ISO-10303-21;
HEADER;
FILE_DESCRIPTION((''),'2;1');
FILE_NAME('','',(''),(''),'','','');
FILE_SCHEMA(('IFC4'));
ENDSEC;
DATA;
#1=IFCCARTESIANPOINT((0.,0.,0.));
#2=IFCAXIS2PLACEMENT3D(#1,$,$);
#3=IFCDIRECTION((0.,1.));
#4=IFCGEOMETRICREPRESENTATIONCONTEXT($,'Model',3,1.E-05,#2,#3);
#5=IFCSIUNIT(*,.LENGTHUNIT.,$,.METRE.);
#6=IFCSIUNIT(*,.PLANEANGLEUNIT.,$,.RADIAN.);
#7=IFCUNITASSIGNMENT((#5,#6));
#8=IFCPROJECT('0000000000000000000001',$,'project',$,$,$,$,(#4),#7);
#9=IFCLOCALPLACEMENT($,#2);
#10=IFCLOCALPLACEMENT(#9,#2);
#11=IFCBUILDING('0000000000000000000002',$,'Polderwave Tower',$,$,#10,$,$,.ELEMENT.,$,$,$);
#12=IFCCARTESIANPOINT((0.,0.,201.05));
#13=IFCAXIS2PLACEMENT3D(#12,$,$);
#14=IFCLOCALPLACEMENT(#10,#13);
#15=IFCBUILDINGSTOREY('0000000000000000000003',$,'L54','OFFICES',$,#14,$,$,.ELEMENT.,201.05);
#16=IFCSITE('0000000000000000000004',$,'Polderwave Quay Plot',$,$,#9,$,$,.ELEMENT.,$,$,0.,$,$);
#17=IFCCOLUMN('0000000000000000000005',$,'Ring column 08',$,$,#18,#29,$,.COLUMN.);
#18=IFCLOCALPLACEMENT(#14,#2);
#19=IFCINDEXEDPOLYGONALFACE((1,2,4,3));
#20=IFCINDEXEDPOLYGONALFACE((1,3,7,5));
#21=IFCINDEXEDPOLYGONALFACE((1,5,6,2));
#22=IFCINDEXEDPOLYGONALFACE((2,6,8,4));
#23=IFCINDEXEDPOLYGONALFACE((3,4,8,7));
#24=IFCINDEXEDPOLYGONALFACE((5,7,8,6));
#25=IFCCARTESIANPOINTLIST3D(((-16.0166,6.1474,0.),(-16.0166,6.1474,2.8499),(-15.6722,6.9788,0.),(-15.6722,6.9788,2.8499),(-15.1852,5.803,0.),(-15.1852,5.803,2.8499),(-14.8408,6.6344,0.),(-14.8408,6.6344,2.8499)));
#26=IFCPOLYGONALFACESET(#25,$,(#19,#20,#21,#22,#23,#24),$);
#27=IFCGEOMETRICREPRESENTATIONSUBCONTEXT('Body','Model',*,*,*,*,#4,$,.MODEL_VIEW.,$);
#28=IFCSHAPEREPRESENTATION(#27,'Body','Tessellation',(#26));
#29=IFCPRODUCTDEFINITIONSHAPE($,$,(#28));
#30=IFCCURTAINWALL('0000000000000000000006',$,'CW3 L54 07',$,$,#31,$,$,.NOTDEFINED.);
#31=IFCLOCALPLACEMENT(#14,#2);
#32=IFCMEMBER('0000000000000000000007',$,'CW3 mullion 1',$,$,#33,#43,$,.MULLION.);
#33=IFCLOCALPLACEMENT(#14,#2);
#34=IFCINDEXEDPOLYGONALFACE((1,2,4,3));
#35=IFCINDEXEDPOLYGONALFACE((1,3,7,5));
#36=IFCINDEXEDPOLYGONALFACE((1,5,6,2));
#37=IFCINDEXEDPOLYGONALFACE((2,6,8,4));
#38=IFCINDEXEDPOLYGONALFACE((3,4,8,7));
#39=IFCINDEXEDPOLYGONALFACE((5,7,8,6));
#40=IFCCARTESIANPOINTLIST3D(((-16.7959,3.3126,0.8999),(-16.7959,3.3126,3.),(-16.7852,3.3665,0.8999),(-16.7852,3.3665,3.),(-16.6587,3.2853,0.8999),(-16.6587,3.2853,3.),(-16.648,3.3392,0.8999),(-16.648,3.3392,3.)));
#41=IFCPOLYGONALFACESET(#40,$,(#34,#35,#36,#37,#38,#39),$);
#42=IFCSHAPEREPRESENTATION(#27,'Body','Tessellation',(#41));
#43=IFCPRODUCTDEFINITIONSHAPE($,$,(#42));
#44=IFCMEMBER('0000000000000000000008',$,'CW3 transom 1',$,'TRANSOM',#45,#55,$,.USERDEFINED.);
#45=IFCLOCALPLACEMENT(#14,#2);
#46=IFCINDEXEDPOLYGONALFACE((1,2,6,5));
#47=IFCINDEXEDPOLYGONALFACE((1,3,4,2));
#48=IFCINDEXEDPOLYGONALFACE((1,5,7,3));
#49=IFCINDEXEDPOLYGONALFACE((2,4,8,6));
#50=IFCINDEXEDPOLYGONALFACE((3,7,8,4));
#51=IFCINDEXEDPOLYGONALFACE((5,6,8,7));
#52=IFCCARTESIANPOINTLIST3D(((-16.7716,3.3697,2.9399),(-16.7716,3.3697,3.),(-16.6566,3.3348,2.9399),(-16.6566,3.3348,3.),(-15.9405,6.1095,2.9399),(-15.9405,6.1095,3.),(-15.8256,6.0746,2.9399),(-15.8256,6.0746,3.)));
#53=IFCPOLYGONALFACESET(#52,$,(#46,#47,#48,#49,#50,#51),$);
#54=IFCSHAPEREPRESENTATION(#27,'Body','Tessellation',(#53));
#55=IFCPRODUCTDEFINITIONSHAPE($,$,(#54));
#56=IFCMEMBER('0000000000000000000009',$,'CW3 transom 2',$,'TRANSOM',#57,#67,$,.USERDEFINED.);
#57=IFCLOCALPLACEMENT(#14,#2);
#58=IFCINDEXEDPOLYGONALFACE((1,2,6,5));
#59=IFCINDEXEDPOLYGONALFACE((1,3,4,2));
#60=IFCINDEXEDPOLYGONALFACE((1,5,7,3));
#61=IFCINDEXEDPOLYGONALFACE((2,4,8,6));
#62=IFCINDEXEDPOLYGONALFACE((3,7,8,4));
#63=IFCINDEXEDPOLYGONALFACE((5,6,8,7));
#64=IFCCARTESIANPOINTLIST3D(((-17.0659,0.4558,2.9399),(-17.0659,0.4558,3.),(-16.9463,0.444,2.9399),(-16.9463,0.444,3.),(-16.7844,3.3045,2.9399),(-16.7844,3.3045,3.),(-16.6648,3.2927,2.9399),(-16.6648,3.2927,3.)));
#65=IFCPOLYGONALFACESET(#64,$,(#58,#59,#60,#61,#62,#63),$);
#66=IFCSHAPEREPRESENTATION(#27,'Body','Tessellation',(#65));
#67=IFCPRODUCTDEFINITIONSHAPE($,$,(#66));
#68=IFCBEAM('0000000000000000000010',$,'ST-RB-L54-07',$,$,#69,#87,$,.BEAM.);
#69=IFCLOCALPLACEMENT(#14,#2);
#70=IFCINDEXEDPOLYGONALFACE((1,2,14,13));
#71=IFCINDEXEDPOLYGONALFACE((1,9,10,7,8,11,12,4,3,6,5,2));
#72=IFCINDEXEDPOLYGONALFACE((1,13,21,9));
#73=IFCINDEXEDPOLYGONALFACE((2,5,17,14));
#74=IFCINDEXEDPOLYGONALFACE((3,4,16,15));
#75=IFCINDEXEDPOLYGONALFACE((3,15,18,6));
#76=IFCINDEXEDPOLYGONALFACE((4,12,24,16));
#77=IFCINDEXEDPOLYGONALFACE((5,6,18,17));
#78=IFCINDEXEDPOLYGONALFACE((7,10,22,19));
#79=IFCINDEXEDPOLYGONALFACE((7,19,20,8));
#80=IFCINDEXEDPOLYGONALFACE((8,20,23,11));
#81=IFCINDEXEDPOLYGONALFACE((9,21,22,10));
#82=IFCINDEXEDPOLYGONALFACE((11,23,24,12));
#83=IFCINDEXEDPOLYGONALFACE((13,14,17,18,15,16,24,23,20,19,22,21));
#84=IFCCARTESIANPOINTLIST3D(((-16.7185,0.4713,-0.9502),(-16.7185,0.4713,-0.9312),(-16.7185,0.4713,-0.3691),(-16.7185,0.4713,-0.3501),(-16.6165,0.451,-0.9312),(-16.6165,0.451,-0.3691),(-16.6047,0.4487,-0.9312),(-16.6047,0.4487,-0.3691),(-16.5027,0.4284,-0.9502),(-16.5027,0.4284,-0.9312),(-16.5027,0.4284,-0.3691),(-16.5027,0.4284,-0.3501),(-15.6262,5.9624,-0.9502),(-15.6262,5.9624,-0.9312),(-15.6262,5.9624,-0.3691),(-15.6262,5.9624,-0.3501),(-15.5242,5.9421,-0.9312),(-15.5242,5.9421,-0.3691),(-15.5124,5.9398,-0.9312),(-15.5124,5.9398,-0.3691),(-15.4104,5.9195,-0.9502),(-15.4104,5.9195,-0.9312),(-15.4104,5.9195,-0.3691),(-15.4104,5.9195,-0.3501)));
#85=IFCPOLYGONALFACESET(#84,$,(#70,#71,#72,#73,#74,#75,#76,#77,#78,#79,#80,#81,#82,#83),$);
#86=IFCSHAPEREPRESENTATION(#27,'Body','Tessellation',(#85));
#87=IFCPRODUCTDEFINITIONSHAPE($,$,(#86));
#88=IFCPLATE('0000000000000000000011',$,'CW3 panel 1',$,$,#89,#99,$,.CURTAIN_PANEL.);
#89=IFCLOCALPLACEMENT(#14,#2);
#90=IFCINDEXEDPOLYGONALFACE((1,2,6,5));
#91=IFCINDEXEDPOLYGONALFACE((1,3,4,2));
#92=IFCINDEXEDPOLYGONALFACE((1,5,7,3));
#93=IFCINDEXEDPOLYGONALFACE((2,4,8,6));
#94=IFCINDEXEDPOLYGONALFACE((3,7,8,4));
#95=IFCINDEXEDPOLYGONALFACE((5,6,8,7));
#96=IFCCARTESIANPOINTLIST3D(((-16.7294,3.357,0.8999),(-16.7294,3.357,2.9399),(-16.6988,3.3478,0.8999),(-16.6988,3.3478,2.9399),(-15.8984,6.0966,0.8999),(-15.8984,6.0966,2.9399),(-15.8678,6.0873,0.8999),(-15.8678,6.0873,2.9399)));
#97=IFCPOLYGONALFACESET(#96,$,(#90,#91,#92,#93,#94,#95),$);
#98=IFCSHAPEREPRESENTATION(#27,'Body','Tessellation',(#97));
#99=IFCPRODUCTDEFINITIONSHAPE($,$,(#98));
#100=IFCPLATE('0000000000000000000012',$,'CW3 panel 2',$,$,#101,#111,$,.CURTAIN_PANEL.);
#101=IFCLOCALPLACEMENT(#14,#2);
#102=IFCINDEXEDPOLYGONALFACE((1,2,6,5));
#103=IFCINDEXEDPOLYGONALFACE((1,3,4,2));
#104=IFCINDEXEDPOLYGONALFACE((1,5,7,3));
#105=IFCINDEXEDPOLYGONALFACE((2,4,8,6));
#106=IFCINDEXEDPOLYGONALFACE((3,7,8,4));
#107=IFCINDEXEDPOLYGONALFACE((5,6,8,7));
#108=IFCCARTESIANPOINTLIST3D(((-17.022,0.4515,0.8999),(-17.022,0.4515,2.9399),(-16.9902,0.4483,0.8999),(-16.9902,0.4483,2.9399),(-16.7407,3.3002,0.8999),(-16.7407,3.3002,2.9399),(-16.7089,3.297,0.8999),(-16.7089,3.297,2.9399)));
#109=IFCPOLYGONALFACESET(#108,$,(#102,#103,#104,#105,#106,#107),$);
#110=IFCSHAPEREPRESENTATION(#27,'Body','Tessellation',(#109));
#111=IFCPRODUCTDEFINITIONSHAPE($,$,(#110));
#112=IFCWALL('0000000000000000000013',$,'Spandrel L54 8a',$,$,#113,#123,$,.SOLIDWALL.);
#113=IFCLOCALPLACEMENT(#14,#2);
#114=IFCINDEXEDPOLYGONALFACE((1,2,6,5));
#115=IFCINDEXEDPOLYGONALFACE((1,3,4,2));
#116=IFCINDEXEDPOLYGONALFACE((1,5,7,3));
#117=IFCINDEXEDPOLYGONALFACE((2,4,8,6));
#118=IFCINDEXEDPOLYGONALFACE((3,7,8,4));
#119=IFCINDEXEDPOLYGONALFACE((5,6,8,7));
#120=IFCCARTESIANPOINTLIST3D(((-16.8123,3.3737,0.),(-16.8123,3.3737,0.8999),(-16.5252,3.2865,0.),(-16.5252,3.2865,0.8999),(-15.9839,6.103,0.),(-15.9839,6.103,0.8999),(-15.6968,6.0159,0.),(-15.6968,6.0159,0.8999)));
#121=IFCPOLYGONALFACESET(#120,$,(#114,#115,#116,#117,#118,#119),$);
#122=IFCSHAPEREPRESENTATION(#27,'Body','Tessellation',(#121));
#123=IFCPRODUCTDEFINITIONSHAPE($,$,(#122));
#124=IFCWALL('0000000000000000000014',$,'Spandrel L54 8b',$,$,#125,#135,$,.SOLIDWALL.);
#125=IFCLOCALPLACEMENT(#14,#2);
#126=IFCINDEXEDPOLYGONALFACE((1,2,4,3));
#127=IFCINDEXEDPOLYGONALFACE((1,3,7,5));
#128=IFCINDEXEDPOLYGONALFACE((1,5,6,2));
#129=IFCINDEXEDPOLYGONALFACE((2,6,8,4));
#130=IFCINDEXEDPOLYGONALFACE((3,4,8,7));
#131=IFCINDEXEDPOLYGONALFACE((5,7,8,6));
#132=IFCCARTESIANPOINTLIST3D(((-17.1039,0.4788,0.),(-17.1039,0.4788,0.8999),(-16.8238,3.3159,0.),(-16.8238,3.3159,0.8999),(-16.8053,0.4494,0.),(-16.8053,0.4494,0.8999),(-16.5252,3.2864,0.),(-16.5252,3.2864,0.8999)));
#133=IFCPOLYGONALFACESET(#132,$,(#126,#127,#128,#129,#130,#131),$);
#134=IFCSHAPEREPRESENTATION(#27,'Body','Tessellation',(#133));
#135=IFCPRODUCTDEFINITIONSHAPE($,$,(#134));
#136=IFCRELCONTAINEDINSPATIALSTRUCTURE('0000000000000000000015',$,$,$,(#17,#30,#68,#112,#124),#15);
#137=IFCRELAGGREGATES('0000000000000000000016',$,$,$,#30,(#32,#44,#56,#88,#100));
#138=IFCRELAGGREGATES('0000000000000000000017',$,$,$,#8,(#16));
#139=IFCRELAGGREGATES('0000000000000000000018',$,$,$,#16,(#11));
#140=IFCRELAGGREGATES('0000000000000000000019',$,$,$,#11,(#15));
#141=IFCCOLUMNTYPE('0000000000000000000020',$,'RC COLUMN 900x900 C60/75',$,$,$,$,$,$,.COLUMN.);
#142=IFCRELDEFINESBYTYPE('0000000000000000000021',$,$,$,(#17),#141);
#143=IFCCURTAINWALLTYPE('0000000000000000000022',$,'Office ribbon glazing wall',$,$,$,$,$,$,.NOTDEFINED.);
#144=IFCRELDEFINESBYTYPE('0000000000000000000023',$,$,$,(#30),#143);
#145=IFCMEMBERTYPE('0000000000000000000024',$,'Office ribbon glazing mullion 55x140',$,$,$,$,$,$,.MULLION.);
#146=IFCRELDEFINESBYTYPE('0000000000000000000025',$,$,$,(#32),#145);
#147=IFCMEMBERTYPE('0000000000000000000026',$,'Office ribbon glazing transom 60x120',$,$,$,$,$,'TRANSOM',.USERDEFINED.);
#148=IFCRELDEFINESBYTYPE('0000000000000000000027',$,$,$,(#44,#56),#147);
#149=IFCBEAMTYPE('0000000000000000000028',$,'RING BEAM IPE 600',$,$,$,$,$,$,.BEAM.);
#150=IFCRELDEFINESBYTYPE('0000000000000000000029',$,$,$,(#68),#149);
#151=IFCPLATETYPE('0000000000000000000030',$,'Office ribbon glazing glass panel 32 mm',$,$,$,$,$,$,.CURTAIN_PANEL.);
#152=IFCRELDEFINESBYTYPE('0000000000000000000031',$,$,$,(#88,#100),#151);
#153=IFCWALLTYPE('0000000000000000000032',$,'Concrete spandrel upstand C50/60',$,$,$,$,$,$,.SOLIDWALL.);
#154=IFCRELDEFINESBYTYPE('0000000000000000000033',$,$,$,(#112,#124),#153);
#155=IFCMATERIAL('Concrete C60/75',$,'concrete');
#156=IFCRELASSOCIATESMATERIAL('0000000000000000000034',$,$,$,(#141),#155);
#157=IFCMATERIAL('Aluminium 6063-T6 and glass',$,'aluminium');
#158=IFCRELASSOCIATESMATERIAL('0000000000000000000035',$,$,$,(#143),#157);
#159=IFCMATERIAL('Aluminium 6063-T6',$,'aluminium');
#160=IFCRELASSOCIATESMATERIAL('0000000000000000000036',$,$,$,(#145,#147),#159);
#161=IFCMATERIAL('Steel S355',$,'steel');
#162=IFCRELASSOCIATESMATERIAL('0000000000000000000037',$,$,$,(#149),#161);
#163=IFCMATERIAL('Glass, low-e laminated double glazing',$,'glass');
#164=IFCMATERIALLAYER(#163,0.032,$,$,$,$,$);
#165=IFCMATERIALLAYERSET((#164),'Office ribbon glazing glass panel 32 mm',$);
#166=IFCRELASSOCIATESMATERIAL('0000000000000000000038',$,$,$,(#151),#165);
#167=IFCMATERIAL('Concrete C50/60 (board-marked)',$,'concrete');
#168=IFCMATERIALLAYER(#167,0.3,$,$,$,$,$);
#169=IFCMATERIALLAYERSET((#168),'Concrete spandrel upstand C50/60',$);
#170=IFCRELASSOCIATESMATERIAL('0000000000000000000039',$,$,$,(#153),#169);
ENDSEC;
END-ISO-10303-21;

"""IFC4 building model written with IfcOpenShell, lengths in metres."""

from ifc_helpers import new_model, si_unit, direction, frame, frame_2d, origin, origin_2d, place, context, subcontext, project, spatial, rectangle, i_section, extrude, material, layer, layer_set, material_profile, profile_set, type_object, element, aggregate, save


model = new_model("IFC4")

# Units and contexts
model_context = context("Model", 3, precision=1e-05, world=origin(), true_north=direction((0.0, 1.0)))
body_context = subcontext(model_context, "Body", "Model", "MODEL_VIEW")
ifc_project = project(units=[si_unit("LENGTHUNIT", "METRE"), si_unit("PLANEANGLEUNIT", "RADIAN")], contexts=[model_context])

# Site, building, storey
site_placement = place(None, origin())
site = spatial("IfcSite", under=ifc_project, at=site_placement, Name="Polderwave Quay Plot", CompositionType="ELEMENT", RefElevation=0.0)
building_placement = place(site_placement, origin())
building = spatial("IfcBuilding", under=site, at=building_placement, Name="Polderwave Tower", CompositionType="ELEMENT")
storey_placement = place(building_placement, frame((0.0, 0.0, 201.05)))
storey = spatial("IfcBuildingStorey", under=building, at=storey_placement, Name="L54", Description="OFFICES", CompositionType="ELEMENT", Elevation=201.05)

# Column
ifc_material_1 = material(Name="Concrete C60/75", Category="concrete")
ifc_material_profile_1 = material_profile(ifc_material_1, rectangle(XDim=0.8999, YDim=0.8999, at=origin_2d()), Name="RC 900x900")
ifc_profile_set_1 = profile_set([ifc_material_profile_1], Name="Concrete C60/75")
column_type = type_object("IfcColumnType", Name="RC COLUMN 900x900 C60/75", PredefinedType="COLUMN", material=ifc_profile_set_1)
column_placement = place(storey_placement, frame((-15.4287, 6.3909, 0.0), z_axis=(0.0, 0.0, 1.0), x_axis=(-0.92388, 0.382683, 0.0)))
element("IfcColumn", 1, at=column_placement, inside=storey, type_object=column_type, Name="Ring column 08", PredefinedType="COLUMN", context=body_context, shape_type="SweptSolid", body=[
    extrude(rectangle(XDim=0.8999, YDim=0.8999, at=origin_2d()), origin(), (0.0, 0.0, 1.0), 2.8499),
])

# Curtain wall, members
ifc_material_2 = material(Name="Aluminium 6063-T6 and glass", Category="aluminium")
curtain_wall_type = type_object("IfcCurtainWallType", Name="Office ribbon glazing wall", PredefinedType="NOTDEFINED", material=ifc_material_2)
curtain_wall_placement = place(storey_placement, origin())
curtain_wall = element("IfcCurtainWall", 2, at=curtain_wall_placement, inside=storey, type_object=curtain_wall_type, Name="CW3 L54 07", PredefinedType="NOTDEFINED")
ifc_material_3 = material(Name="Aluminium 6063-T6", Category="aluminium")
ifc_material_profile_2 = material_profile(ifc_material_3, rectangle(XDim=0.1399, YDim=0.0549, at=origin_2d()), Name="AL 55x140")
ifc_profile_set_2 = profile_set([ifc_material_profile_2], Name="Aluminium 6063-T6")
member_type_1 = type_object("IfcMemberType", Name="Office ribbon glazing mullion 55x140", PredefinedType="MULLION", material=ifc_profile_set_2)
member_1_placement = place(storey_placement, frame((-16.7219, 3.3259, 0.8999), z_axis=(0.0, 0.0, 1.0), x_axis=(0.980762, -0.195205, 0.0)))
member_1 = element("IfcMember", 3, at=member_1_placement, type_object=member_type_1, Name="CW3 mullion 1", PredefinedType="MULLION", context=body_context, shape_type="SweptSolid", body=[
    extrude(rectangle(XDim=0.1399, YDim=0.0549, at=origin_2d()), origin(), (0.0, 0.0, 1.0), 2.1001),
])
ifc_material_profile_3 = material_profile(ifc_material_3, rectangle(XDim=0.1201, YDim=0.0601, at=origin_2d()), Name="AL 60x120")
ifc_profile_set_3 = profile_set([ifc_material_profile_3], Name="Aluminium 6063-T6")
member_type_2 = type_object("IfcMemberType", Name="Office ribbon glazing transom 60x120", ElementType="TRANSOM", PredefinedType="USERDEFINED", material=ifc_profile_set_3)
member_2_placement = place(storey_placement, frame((-15.8831, 6.092, 2.97), z_axis=(-0.290272, -0.956944, 0.0), x_axis=(0.956944, -0.290272, 0.0)))
member_2 = element("IfcMember", 4, at=member_2_placement, type_object=member_type_2, Name="CW3 transom 1", ObjectType="TRANSOM", PredefinedType="USERDEFINED", context=body_context, shape_type="SweptSolid", body=[
    extrude(rectangle(XDim=0.1201, YDim=0.0601, at=origin_2d()), origin(), (0.0, 0.0, 1.0), 2.863),
])
member_3_placement = place(storey_placement, frame((-16.7246, 3.2986, 2.97), z_axis=(-0.098338, -0.995153, 0.0), x_axis=(0.995153, -0.098338, 0.0)))
member_3 = element("IfcMember", 5, at=member_3_placement, type_object=member_type_2, Name="CW3 transom 2", ObjectType="TRANSOM", PredefinedType="USERDEFINED", context=body_context, shape_type="SweptSolid", body=[
    extrude(rectangle(XDim=0.1201, YDim=0.0601, at=origin_2d()), origin(), (0.0, 0.0, 1.0), 2.8625),
])

# Beam
ifc_material_4 = material(Name="Steel S355", Category="steel")
ifc_material_profile_4 = material_profile(ifc_material_4, i_section(OverallWidth=0.22, OverallDepth=0.6001, WebThickness=0.012, FlangeThickness=0.019, at=origin_2d()), Name="IPE 600")
ifc_profile_set_4 = profile_set([ifc_material_profile_4], Name="Steel S355")
beam_type = type_object("IfcBeamType", Name="RING BEAM IPE 600", PredefinedType="BEAM", material=ifc_profile_set_4)
beam_placement = place(storey_placement, frame((-15.5183, 5.9409, -0.6501), z_axis=(-0.195101, -0.980783, 0.0), x_axis=(0.980783, -0.195101, 0.0)))
element("IfcBeam", 6, at=beam_placement, inside=storey, type_object=beam_type, Name="ST-RB-L54-07", PredefinedType="BEAM", context=body_context, shape_type="SweptSolid", body=[
    extrude(i_section(OverallWidth=0.22, OverallDepth=0.6001, WebThickness=0.012, FlangeThickness=0.019, at=origin_2d()), origin(), (0.0, 0.0, 1.0), 5.5986),
])

# Plates
ifc_material_5 = material(Name="Glass, low-e laminated double glazing", Category="glass")
ifc_layer_1 = layer(ifc_material_5, 0.032)
ifc_layer_set_1 = layer_set([ifc_layer_1], Name="Office ribbon glazing glass panel 32 mm")
plate_type = type_object("IfcPlateType", Name="Office ribbon glazing glass panel 32 mm", PredefinedType="CURTAIN_PANEL", material=ifc_layer_set_1)
plate_1_placement = place(storey_placement, frame((-16.2986, 4.7222, 0.8999), z_axis=(0.0, 0.0, 1.0), x_axis=(-0.290266, -0.956946, 0.0)))
plate_1 = element("IfcPlate", 7, at=plate_1_placement, type_object=plate_type, Name="CW3 panel 1", PredefinedType="CURTAIN_PANEL", context=body_context, shape_type="SweptSolid", body=[
    extrude(rectangle(XDim=2.8628, YDim=0.032, at=origin_2d()), origin(), (0.0, 0.0, 1.0), 2.04),
])
plate_2_placement = place(storey_placement, frame((-16.8655, 1.8743, 0.8999), z_axis=(0.0, 0.0, 1.0), x_axis=(-0.098271, -0.99516, 0.0)))
plate_2 = element("IfcPlate", 8, at=plate_2_placement, type_object=plate_type, Name="CW3 panel 2", PredefinedType="CURTAIN_PANEL", context=body_context, shape_type="SweptSolid", body=[
    extrude(rectangle(XDim=2.8625, YDim=0.032, at=origin_2d()), origin(), (0.0, 0.0, 1.0), 2.04),
])
aggregate(curtain_wall, [member_1, member_2, member_3, plate_1, plate_2])

# Walls
ifc_material_6 = material(Name="Concrete C50/60 (board-marked)", Category="concrete")
ifc_layer_2 = layer(ifc_material_6, 0.3)
ifc_layer_set_2 = layer_set([ifc_layer_2], Name="Concrete spandrel upstand C50/60")
wall_type_1 = type_object("IfcWallType", Name="Concrete spandrel upstand C50/60", PredefinedType="SOLIDWALL", material=ifc_layer_set_2)
wall_1_placement = place(storey_placement, frame((-15.8403, 6.0596, 0.0), z_axis=(0.0, 0.0, 1.0), x_axis=(-0.290433, -0.956895, 0.0)))
element("IfcWall", 9, at=wall_1_placement, inside=storey, type_object=wall_type_1, Name="Spandrel L54 8a", PredefinedType="SOLIDWALL", context=body_context, shape_type="SweptSolid", body=[
    extrude(rectangle(XDim=2.8523, YDim=0.3, at=frame_2d((1.4263, 0.0))), origin(), (0.0, 0.0, 1.0), 0.8999),
])
wall_2_placement = place(storey_placement, frame((-16.6746, 3.301, 0.0), z_axis=(0.0, 0.0, 1.0), x_axis=(-0.098223, -0.995164, 0.0)))
element("IfcWall", 10, at=wall_2_placement, inside=storey, type_object=wall_type_1, Name="Spandrel L54 8b", PredefinedType="SOLIDWALL", context=body_context, shape_type="SweptSolid", body=[
    extrude(rectangle(XDim=2.8508, YDim=0.3, at=frame_2d((1.4253, 0.0))), origin(), (0.0, 0.0, 1.0), 0.8999),
])

save(model, "model.ifc")
